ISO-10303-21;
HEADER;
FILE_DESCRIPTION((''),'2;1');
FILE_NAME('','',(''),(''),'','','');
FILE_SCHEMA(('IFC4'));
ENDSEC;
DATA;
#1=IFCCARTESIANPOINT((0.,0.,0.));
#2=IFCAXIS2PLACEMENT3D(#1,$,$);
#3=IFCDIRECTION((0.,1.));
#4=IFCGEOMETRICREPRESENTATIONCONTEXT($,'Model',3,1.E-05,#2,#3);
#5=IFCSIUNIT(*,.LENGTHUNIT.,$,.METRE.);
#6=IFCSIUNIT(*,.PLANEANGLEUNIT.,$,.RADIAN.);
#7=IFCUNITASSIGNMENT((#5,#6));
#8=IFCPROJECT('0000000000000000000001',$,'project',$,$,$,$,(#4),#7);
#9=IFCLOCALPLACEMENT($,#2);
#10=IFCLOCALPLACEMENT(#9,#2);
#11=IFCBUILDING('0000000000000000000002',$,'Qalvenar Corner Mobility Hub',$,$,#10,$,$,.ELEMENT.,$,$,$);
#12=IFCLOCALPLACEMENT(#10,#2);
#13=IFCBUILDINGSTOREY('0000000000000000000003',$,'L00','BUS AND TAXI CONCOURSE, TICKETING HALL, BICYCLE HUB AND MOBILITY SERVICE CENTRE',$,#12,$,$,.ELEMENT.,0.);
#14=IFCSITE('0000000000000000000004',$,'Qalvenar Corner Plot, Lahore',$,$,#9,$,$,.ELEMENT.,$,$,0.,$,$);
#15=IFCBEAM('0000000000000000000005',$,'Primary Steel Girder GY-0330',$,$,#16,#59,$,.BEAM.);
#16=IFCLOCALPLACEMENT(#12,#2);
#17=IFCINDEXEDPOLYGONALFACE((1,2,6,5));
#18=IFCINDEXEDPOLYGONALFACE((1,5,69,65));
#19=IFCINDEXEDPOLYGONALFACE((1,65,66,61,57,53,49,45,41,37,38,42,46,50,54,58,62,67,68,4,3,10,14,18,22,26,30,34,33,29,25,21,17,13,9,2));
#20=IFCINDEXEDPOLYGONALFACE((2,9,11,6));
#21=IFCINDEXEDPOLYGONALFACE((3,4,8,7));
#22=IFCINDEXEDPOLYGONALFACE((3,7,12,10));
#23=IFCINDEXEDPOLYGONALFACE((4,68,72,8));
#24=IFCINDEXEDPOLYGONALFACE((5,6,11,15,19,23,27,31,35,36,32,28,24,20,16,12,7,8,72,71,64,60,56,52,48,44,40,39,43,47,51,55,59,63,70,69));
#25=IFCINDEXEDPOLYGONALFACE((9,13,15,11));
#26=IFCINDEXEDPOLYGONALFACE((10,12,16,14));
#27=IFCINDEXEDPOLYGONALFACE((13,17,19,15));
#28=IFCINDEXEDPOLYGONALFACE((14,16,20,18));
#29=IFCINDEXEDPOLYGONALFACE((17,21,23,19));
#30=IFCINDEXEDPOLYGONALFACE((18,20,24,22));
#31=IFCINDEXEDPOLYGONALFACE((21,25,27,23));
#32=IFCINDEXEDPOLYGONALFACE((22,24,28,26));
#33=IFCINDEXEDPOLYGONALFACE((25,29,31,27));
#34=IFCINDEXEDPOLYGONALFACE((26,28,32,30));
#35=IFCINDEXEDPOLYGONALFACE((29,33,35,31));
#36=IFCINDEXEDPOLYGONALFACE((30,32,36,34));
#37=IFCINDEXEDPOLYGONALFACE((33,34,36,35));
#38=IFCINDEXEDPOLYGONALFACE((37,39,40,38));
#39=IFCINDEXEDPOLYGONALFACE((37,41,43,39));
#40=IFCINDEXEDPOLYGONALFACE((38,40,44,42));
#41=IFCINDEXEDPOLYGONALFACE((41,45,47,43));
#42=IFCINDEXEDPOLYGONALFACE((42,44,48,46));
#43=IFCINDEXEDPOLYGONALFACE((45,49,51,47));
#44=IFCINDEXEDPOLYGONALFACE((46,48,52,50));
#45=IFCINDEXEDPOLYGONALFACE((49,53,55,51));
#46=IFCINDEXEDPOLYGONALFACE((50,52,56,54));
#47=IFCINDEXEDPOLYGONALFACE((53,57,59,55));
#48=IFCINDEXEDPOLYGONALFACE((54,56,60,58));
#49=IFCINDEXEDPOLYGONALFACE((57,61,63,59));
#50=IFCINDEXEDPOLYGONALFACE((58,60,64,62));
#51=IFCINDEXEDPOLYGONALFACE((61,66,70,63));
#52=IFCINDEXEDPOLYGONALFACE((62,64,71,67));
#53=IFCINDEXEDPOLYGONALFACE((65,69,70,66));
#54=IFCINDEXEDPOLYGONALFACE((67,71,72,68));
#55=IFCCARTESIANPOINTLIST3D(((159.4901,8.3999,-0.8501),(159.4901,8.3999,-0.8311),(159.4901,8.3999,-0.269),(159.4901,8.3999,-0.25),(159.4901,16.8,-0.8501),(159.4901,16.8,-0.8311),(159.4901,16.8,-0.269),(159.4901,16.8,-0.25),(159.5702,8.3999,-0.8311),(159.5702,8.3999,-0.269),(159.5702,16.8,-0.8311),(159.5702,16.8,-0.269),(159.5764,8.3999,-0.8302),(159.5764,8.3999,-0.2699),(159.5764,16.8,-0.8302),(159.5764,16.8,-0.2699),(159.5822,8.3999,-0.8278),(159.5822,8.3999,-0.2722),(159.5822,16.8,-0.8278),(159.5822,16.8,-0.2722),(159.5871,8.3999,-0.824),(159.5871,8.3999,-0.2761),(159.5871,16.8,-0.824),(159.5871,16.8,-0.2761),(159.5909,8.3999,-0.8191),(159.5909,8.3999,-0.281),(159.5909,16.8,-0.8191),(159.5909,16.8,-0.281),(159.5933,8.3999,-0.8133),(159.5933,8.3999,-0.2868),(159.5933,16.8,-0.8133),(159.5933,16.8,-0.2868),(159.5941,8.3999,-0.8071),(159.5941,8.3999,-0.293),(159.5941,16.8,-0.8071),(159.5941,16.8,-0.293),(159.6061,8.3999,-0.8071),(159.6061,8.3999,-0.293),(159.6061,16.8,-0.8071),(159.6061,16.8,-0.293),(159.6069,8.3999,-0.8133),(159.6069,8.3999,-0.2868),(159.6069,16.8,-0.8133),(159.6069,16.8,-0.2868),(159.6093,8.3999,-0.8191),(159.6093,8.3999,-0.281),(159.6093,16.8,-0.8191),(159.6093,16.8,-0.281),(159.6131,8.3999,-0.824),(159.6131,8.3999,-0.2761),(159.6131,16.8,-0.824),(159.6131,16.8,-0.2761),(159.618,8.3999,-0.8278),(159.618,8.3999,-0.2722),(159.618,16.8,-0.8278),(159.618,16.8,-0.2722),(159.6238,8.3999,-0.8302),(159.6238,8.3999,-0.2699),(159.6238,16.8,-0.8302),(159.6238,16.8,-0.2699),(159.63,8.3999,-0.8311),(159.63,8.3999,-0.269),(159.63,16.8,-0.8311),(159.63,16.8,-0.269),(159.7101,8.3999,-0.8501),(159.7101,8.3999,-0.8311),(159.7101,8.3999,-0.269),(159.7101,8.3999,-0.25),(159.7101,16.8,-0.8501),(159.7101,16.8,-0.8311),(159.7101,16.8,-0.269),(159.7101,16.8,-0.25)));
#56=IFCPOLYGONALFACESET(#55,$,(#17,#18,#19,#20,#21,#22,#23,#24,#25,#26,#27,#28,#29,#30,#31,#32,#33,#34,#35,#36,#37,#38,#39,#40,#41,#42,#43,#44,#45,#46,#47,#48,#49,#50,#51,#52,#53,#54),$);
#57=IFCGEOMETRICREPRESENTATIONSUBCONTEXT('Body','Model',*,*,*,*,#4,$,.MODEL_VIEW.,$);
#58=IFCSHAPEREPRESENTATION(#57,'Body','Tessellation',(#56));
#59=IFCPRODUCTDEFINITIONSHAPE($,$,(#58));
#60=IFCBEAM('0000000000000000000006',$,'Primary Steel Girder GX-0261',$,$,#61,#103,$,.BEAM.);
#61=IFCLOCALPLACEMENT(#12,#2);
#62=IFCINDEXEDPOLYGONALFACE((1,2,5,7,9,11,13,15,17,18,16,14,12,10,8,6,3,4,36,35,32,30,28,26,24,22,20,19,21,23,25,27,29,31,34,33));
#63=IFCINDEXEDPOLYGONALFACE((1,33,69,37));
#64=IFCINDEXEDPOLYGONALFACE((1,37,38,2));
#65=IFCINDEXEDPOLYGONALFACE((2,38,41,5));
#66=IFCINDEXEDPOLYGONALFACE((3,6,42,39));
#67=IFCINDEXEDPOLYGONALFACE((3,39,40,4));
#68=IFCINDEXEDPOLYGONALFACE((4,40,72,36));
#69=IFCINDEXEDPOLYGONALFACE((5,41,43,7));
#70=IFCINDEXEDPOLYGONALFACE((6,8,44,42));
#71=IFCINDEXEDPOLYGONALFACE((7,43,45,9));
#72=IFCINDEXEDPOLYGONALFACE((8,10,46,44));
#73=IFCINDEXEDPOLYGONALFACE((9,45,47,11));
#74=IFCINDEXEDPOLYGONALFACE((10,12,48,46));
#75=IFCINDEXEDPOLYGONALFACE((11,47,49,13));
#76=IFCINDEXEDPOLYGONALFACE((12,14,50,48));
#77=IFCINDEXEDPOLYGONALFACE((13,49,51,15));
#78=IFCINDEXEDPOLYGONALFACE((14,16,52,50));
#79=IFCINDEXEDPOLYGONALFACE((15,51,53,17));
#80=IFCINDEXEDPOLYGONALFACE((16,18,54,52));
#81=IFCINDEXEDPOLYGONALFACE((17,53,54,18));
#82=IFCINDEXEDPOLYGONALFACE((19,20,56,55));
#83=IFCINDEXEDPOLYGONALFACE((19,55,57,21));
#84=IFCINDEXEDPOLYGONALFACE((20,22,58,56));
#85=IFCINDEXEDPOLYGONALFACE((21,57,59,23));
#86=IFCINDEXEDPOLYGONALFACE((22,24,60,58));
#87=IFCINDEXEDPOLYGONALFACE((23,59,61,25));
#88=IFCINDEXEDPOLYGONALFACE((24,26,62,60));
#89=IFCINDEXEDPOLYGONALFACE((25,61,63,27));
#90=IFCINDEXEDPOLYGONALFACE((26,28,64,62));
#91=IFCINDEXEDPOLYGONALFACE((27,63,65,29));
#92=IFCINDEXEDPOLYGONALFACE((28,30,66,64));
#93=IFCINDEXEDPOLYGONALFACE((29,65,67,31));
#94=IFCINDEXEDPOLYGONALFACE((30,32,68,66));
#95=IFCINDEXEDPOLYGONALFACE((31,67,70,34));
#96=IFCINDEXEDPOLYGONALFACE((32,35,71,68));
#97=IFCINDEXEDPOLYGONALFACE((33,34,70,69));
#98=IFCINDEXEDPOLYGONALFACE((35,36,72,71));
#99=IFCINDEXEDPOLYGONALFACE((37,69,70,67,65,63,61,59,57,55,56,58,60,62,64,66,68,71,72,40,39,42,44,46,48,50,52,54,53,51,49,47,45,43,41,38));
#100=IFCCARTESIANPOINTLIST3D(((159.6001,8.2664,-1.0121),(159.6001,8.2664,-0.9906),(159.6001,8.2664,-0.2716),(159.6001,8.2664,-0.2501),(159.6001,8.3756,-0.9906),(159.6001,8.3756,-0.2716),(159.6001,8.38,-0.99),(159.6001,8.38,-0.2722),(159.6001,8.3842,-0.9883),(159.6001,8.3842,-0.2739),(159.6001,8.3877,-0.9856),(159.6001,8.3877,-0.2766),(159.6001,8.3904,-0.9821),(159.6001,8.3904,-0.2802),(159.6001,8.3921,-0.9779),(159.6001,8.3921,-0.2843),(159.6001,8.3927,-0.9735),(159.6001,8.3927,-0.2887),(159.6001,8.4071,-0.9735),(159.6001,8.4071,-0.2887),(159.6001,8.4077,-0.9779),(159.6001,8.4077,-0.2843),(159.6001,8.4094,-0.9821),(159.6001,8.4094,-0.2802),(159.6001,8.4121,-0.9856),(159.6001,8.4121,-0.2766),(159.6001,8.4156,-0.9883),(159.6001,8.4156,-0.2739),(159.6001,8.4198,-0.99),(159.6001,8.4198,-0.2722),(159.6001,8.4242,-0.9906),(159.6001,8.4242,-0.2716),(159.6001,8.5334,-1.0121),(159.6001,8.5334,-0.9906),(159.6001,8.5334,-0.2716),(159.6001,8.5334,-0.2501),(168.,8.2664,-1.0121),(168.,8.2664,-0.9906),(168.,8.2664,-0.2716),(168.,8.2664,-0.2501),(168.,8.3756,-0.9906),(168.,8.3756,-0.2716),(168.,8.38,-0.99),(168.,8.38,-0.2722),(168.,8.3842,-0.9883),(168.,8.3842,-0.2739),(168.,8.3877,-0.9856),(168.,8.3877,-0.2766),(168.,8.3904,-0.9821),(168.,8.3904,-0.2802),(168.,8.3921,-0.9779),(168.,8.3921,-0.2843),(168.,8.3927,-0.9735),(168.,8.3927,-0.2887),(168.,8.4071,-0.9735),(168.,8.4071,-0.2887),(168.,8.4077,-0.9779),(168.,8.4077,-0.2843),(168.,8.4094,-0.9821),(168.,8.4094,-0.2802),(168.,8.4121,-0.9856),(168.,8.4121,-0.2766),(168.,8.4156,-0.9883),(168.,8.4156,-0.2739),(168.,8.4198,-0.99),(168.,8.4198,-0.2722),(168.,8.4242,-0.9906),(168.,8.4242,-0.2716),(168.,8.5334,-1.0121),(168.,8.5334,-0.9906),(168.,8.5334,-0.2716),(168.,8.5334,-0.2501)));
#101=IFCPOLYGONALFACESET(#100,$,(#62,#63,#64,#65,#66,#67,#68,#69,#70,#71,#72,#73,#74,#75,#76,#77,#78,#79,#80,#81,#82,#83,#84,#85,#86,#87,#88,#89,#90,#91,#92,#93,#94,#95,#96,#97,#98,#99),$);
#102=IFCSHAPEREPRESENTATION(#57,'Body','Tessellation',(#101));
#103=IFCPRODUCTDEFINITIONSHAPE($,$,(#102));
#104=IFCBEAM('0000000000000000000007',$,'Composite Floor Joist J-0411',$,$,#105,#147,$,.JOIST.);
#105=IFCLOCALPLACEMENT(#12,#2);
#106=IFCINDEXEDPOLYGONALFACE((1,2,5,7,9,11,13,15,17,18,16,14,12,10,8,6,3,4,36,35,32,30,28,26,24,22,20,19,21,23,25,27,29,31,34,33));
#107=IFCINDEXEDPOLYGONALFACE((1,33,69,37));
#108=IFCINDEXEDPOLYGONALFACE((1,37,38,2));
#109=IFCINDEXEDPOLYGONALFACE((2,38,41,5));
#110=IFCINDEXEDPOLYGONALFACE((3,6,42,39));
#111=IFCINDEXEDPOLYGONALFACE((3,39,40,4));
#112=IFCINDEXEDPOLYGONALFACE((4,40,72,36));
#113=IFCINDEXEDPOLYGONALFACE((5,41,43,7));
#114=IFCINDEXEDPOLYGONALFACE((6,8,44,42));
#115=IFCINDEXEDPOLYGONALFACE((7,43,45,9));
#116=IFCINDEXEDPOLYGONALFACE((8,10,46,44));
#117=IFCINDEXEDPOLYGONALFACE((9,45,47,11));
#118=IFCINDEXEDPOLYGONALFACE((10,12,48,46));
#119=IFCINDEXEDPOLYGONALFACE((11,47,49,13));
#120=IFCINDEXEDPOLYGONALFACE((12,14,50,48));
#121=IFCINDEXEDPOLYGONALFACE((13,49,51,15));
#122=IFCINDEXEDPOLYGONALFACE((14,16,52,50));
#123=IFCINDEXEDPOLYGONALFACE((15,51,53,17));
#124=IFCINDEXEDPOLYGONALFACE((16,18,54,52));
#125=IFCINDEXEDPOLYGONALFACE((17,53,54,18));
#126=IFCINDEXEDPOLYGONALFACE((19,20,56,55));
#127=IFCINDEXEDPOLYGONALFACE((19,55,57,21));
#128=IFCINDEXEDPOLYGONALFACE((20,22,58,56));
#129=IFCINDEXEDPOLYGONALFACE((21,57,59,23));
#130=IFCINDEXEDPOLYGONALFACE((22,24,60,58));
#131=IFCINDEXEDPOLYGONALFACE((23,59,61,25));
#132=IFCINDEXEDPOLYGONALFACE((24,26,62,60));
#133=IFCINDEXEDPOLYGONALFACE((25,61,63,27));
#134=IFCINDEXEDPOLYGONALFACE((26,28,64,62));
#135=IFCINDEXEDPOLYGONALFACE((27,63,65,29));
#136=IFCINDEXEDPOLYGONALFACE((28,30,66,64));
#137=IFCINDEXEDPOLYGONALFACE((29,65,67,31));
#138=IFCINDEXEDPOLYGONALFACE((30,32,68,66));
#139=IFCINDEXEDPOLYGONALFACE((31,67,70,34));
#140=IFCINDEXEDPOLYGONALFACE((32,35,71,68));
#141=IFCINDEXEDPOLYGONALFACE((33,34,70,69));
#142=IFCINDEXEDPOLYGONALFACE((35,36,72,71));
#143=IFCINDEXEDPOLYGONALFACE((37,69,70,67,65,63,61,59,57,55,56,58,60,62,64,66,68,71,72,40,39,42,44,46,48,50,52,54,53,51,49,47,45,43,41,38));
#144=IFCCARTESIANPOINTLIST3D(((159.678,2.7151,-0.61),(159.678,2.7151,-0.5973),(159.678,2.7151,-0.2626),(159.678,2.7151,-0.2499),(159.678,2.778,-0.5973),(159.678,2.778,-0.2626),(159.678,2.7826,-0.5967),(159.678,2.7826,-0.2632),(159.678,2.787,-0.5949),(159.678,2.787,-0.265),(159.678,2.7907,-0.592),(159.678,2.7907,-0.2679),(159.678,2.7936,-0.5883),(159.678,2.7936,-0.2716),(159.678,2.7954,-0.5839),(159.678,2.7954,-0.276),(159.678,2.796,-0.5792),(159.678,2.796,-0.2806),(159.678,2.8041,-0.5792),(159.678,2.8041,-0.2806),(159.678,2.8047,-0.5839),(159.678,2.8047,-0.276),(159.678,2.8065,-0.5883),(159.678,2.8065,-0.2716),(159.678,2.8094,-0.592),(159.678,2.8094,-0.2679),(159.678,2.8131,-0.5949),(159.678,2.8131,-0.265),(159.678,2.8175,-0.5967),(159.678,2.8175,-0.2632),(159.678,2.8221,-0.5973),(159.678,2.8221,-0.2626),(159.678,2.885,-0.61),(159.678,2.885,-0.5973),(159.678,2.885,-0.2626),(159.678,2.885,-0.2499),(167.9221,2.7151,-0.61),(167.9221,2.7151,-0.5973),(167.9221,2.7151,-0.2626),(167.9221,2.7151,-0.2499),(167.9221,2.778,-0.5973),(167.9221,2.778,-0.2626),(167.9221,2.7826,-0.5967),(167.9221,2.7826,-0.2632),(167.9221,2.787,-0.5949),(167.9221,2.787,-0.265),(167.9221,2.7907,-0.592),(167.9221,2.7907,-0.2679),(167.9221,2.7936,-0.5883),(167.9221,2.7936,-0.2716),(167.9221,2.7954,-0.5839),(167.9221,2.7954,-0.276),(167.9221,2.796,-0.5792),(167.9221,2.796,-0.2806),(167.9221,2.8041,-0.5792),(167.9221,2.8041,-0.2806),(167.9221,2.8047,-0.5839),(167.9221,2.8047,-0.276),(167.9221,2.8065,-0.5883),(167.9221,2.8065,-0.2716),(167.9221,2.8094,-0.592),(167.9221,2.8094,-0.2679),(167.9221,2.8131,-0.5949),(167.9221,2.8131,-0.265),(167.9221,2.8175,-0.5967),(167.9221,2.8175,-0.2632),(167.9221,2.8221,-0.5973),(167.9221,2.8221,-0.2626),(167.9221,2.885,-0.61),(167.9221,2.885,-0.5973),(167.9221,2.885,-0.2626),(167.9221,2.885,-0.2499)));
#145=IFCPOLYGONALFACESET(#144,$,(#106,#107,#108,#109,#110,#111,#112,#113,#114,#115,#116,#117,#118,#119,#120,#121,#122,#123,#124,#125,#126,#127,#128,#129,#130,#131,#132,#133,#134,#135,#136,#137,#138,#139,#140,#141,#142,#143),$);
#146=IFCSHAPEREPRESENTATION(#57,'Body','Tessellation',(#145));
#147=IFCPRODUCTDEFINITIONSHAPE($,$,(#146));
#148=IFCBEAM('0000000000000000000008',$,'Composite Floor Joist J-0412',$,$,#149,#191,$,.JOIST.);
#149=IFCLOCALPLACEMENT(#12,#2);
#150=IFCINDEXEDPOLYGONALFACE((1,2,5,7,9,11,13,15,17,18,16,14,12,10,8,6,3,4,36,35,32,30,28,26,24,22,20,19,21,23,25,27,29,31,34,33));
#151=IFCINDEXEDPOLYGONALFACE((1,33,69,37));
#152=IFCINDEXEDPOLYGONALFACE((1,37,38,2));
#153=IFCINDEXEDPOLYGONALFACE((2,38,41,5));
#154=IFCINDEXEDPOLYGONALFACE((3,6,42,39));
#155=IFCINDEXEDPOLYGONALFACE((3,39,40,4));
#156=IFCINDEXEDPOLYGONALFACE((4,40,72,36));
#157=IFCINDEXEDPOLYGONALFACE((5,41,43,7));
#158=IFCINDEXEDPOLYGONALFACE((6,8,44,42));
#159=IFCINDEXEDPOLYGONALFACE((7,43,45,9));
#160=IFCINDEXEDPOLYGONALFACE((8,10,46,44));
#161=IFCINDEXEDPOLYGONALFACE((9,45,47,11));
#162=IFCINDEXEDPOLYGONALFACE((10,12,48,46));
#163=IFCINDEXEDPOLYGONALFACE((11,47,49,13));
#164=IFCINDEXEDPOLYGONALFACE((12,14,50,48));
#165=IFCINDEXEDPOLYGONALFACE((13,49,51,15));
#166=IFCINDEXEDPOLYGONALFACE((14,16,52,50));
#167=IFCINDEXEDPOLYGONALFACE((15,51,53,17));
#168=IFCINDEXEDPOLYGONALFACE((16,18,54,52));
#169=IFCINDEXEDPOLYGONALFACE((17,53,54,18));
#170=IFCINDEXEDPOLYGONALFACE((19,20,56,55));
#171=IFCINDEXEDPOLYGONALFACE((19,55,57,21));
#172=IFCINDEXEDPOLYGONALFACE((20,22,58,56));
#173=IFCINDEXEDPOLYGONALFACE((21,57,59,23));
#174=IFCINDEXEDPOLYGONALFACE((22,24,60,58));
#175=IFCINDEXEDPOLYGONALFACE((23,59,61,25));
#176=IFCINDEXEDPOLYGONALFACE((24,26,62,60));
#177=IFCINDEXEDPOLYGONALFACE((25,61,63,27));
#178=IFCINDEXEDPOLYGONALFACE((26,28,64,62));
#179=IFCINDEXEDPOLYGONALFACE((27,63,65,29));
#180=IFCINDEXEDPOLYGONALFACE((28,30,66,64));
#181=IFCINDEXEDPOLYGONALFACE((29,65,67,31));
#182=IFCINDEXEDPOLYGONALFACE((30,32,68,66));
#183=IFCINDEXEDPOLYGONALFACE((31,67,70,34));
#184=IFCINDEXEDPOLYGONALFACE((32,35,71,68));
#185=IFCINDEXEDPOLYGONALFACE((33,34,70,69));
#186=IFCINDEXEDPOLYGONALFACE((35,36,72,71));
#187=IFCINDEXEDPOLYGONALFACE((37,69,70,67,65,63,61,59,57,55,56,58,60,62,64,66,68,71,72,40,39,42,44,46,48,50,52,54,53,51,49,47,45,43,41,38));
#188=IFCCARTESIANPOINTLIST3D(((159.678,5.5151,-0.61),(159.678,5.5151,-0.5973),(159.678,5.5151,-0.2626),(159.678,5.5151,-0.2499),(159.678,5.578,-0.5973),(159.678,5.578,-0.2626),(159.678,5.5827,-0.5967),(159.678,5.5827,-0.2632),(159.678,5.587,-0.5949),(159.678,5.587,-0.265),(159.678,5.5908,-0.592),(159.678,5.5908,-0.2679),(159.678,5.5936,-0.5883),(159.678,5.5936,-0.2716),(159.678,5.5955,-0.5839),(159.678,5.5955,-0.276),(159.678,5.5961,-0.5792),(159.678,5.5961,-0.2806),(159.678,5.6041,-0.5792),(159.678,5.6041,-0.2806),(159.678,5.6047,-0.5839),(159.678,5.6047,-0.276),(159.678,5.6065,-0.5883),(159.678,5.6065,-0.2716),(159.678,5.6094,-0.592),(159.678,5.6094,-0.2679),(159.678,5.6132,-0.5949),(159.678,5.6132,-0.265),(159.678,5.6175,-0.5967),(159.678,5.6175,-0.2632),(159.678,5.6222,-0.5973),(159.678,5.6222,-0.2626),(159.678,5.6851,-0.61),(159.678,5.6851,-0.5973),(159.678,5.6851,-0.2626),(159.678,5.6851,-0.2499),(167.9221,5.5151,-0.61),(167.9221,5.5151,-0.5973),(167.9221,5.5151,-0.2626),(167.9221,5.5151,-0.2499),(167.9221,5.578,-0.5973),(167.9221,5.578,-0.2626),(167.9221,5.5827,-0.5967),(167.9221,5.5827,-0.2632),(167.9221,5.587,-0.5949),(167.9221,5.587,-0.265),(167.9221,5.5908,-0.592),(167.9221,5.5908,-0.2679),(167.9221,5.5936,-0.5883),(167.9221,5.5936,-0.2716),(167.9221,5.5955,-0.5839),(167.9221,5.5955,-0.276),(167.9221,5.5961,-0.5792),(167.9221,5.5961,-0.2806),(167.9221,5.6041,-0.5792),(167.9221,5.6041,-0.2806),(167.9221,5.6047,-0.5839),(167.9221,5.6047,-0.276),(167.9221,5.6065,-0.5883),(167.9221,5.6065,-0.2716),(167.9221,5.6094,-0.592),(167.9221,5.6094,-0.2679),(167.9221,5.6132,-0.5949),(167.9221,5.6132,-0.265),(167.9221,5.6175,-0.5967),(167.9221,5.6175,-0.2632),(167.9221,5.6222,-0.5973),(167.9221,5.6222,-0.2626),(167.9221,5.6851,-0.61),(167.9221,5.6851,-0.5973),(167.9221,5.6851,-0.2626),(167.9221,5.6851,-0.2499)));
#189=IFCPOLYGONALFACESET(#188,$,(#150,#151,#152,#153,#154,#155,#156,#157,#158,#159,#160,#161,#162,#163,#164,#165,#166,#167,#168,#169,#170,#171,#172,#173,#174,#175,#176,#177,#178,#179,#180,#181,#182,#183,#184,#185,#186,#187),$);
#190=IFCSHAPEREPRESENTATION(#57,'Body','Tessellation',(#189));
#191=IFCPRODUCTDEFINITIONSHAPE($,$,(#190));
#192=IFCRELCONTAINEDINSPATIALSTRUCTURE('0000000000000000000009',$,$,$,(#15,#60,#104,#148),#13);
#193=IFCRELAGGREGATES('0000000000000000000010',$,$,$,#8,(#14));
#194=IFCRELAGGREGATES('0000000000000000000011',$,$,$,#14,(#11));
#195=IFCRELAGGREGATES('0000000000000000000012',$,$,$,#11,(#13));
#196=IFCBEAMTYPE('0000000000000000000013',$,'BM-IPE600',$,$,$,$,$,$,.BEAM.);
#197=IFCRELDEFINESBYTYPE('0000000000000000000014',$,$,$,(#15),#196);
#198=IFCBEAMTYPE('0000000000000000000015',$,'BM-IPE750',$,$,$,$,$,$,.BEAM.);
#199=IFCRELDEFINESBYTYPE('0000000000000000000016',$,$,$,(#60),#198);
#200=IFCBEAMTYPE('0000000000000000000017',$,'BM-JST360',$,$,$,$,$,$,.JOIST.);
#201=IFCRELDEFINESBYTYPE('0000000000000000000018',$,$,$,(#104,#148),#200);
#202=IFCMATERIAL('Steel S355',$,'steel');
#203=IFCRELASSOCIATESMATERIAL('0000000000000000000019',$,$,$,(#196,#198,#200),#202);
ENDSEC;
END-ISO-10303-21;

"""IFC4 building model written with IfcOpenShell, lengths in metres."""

from ifc_helpers import new_model, si_unit, direction, frame, origin, origin_2d, place, context, subcontext, project, spatial, i_section, extrude, material, material_profile, profile_set, type_object, element, save


model = new_model("IFC4")

# Units and contexts
model_context = context("Model", 3, precision=1e-05, world=origin(), true_north=direction((0.0, 1.0)))
body_context = subcontext(model_context, "Body", "Model", "MODEL_VIEW")
ifc_project = project(units=[si_unit("LENGTHUNIT", "METRE"), si_unit("PLANEANGLEUNIT", "RADIAN")], contexts=[model_context])

# Site, building, storey
site_placement = place(None, origin())
site = spatial("IfcSite", under=ifc_project, at=site_placement, Name="Qalvenar Corner Plot, Lahore", CompositionType="ELEMENT", RefElevation=0.0)
building_placement = place(site_placement, origin())
building = spatial("IfcBuilding", under=site, at=building_placement, Name="Qalvenar Corner Mobility Hub", CompositionType="ELEMENT")
storey_placement = place(building_placement, origin())
storey = spatial("IfcBuildingStorey", under=building, at=storey_placement, Name="L00", Description="BUS AND TAXI CONCOURSE, TICKETING HALL, BICYCLE HUB AND MOBILITY SERVICE CENTRE", CompositionType="ELEMENT", Elevation=0.0)

# Shared definitions
ifc_material_1 = material(Name="Steel S355", Category="steel")

# Beams
ifc_material_profile_1 = material_profile(ifc_material_1, i_section(OverallWidth=0.22, OverallDepth=0.6001, WebThickness=0.012, FlangeThickness=0.019, FilletRadius=0.0239, at=origin_2d()), Name="IPE600")
ifc_profile_set_1 = profile_set([ifc_material_profile_1], Name="Steel S355")
beam_type_1 = type_object("IfcBeamType", Name="BM-IPE600", PredefinedType="BEAM", material=ifc_profile_set_1)
beam_1_placement = place(storey_placement, frame((159.6001, 8.3999, -0.55), z_axis=(0.0, 1.0, 0.0), x_axis=(-1.0, 0.0, 0.0)))
element("IfcBeam", 1, at=beam_1_placement, inside=storey, type_object=beam_type_1, Name="Primary Steel Girder GY-0330", PredefinedType="BEAM", context=body_context, shape_type="SweptSolid", body=[
    extrude(i_section(OverallWidth=0.22, OverallDepth=0.6001, WebThickness=0.012, FlangeThickness=0.019, FilletRadius=0.0239, at=origin_2d()), origin(), (0.0, 0.0, 1.0), 8.4001),
])
ifc_material_profile_2 = material_profile(ifc_material_1, i_section(OverallWidth=0.2671, OverallDepth=0.762, WebThickness=0.0144, FlangeThickness=0.0215, FilletRadius=0.0171, at=origin_2d()), Name="IPE750x173")
ifc_profile_set_2 = profile_set([ifc_material_profile_2], Name="Steel S355")
beam_type_2 = type_object("IfcBeamType", Name="BM-IPE750", PredefinedType="BEAM", material=ifc_profile_set_2)
beam_2_placement = place(storey_placement, frame((159.6001, 8.3999, -0.6311), z_axis=(1.0, 0.0, 0.0), x_axis=(0.0, 1.0, 0.0)))
element("IfcBeam", 2, at=beam_2_placement, inside=storey, type_object=beam_type_2, Name="Primary Steel Girder GX-0261", PredefinedType="BEAM", context=body_context, shape_type="SweptSolid", body=[
    extrude(i_section(OverallWidth=0.2671, OverallDepth=0.762, WebThickness=0.0144, FlangeThickness=0.0215, FilletRadius=0.0171, at=origin_2d()), origin(), (0.0, 0.0, 1.0), 8.3999),
])
ifc_material_profile_3 = material_profile(ifc_material_1, i_section(OverallWidth=0.1699, OverallDepth=0.3601, WebThickness=0.0081, FlangeThickness=0.0127, FilletRadius=0.0181, at=origin_2d()), Name="IPE360")
ifc_profile_set_3 = profile_set([ifc_material_profile_3], Name="Steel S355")
beam_type_3 = type_object("IfcBeamType", Name="BM-JST360", PredefinedType="JOIST", material=ifc_profile_set_3)
for number, where, z_axis, x_axis, name in (
    (3, (159.678, 2.8, -0.4299), (1.0, 0.0, 0.0), (0.0, 1.0, 0.0), "Composite Floor Joist J-0411"),
    (4, (159.678, 5.6001, -0.4299), (1.0, 0.0, 0.0), (0.0, 1.0, 0.0), "Composite Floor Joist J-0412"),
):
    element("IfcBeam", number, at=place(storey_placement, frame(where, z_axis=z_axis, x_axis=x_axis)), inside=storey, type_object=beam_type_3, Name=name, PredefinedType="JOIST", context=body_context, shape_type="SweptSolid", body=[
        extrude(i_section(OverallWidth=0.1699, OverallDepth=0.3601, WebThickness=0.0081, FlangeThickness=0.0127, FilletRadius=0.0181, at=origin_2d()), origin(), (0.0, 0.0, 1.0), 8.2441),
    ])

save(model, "model.ifc")
